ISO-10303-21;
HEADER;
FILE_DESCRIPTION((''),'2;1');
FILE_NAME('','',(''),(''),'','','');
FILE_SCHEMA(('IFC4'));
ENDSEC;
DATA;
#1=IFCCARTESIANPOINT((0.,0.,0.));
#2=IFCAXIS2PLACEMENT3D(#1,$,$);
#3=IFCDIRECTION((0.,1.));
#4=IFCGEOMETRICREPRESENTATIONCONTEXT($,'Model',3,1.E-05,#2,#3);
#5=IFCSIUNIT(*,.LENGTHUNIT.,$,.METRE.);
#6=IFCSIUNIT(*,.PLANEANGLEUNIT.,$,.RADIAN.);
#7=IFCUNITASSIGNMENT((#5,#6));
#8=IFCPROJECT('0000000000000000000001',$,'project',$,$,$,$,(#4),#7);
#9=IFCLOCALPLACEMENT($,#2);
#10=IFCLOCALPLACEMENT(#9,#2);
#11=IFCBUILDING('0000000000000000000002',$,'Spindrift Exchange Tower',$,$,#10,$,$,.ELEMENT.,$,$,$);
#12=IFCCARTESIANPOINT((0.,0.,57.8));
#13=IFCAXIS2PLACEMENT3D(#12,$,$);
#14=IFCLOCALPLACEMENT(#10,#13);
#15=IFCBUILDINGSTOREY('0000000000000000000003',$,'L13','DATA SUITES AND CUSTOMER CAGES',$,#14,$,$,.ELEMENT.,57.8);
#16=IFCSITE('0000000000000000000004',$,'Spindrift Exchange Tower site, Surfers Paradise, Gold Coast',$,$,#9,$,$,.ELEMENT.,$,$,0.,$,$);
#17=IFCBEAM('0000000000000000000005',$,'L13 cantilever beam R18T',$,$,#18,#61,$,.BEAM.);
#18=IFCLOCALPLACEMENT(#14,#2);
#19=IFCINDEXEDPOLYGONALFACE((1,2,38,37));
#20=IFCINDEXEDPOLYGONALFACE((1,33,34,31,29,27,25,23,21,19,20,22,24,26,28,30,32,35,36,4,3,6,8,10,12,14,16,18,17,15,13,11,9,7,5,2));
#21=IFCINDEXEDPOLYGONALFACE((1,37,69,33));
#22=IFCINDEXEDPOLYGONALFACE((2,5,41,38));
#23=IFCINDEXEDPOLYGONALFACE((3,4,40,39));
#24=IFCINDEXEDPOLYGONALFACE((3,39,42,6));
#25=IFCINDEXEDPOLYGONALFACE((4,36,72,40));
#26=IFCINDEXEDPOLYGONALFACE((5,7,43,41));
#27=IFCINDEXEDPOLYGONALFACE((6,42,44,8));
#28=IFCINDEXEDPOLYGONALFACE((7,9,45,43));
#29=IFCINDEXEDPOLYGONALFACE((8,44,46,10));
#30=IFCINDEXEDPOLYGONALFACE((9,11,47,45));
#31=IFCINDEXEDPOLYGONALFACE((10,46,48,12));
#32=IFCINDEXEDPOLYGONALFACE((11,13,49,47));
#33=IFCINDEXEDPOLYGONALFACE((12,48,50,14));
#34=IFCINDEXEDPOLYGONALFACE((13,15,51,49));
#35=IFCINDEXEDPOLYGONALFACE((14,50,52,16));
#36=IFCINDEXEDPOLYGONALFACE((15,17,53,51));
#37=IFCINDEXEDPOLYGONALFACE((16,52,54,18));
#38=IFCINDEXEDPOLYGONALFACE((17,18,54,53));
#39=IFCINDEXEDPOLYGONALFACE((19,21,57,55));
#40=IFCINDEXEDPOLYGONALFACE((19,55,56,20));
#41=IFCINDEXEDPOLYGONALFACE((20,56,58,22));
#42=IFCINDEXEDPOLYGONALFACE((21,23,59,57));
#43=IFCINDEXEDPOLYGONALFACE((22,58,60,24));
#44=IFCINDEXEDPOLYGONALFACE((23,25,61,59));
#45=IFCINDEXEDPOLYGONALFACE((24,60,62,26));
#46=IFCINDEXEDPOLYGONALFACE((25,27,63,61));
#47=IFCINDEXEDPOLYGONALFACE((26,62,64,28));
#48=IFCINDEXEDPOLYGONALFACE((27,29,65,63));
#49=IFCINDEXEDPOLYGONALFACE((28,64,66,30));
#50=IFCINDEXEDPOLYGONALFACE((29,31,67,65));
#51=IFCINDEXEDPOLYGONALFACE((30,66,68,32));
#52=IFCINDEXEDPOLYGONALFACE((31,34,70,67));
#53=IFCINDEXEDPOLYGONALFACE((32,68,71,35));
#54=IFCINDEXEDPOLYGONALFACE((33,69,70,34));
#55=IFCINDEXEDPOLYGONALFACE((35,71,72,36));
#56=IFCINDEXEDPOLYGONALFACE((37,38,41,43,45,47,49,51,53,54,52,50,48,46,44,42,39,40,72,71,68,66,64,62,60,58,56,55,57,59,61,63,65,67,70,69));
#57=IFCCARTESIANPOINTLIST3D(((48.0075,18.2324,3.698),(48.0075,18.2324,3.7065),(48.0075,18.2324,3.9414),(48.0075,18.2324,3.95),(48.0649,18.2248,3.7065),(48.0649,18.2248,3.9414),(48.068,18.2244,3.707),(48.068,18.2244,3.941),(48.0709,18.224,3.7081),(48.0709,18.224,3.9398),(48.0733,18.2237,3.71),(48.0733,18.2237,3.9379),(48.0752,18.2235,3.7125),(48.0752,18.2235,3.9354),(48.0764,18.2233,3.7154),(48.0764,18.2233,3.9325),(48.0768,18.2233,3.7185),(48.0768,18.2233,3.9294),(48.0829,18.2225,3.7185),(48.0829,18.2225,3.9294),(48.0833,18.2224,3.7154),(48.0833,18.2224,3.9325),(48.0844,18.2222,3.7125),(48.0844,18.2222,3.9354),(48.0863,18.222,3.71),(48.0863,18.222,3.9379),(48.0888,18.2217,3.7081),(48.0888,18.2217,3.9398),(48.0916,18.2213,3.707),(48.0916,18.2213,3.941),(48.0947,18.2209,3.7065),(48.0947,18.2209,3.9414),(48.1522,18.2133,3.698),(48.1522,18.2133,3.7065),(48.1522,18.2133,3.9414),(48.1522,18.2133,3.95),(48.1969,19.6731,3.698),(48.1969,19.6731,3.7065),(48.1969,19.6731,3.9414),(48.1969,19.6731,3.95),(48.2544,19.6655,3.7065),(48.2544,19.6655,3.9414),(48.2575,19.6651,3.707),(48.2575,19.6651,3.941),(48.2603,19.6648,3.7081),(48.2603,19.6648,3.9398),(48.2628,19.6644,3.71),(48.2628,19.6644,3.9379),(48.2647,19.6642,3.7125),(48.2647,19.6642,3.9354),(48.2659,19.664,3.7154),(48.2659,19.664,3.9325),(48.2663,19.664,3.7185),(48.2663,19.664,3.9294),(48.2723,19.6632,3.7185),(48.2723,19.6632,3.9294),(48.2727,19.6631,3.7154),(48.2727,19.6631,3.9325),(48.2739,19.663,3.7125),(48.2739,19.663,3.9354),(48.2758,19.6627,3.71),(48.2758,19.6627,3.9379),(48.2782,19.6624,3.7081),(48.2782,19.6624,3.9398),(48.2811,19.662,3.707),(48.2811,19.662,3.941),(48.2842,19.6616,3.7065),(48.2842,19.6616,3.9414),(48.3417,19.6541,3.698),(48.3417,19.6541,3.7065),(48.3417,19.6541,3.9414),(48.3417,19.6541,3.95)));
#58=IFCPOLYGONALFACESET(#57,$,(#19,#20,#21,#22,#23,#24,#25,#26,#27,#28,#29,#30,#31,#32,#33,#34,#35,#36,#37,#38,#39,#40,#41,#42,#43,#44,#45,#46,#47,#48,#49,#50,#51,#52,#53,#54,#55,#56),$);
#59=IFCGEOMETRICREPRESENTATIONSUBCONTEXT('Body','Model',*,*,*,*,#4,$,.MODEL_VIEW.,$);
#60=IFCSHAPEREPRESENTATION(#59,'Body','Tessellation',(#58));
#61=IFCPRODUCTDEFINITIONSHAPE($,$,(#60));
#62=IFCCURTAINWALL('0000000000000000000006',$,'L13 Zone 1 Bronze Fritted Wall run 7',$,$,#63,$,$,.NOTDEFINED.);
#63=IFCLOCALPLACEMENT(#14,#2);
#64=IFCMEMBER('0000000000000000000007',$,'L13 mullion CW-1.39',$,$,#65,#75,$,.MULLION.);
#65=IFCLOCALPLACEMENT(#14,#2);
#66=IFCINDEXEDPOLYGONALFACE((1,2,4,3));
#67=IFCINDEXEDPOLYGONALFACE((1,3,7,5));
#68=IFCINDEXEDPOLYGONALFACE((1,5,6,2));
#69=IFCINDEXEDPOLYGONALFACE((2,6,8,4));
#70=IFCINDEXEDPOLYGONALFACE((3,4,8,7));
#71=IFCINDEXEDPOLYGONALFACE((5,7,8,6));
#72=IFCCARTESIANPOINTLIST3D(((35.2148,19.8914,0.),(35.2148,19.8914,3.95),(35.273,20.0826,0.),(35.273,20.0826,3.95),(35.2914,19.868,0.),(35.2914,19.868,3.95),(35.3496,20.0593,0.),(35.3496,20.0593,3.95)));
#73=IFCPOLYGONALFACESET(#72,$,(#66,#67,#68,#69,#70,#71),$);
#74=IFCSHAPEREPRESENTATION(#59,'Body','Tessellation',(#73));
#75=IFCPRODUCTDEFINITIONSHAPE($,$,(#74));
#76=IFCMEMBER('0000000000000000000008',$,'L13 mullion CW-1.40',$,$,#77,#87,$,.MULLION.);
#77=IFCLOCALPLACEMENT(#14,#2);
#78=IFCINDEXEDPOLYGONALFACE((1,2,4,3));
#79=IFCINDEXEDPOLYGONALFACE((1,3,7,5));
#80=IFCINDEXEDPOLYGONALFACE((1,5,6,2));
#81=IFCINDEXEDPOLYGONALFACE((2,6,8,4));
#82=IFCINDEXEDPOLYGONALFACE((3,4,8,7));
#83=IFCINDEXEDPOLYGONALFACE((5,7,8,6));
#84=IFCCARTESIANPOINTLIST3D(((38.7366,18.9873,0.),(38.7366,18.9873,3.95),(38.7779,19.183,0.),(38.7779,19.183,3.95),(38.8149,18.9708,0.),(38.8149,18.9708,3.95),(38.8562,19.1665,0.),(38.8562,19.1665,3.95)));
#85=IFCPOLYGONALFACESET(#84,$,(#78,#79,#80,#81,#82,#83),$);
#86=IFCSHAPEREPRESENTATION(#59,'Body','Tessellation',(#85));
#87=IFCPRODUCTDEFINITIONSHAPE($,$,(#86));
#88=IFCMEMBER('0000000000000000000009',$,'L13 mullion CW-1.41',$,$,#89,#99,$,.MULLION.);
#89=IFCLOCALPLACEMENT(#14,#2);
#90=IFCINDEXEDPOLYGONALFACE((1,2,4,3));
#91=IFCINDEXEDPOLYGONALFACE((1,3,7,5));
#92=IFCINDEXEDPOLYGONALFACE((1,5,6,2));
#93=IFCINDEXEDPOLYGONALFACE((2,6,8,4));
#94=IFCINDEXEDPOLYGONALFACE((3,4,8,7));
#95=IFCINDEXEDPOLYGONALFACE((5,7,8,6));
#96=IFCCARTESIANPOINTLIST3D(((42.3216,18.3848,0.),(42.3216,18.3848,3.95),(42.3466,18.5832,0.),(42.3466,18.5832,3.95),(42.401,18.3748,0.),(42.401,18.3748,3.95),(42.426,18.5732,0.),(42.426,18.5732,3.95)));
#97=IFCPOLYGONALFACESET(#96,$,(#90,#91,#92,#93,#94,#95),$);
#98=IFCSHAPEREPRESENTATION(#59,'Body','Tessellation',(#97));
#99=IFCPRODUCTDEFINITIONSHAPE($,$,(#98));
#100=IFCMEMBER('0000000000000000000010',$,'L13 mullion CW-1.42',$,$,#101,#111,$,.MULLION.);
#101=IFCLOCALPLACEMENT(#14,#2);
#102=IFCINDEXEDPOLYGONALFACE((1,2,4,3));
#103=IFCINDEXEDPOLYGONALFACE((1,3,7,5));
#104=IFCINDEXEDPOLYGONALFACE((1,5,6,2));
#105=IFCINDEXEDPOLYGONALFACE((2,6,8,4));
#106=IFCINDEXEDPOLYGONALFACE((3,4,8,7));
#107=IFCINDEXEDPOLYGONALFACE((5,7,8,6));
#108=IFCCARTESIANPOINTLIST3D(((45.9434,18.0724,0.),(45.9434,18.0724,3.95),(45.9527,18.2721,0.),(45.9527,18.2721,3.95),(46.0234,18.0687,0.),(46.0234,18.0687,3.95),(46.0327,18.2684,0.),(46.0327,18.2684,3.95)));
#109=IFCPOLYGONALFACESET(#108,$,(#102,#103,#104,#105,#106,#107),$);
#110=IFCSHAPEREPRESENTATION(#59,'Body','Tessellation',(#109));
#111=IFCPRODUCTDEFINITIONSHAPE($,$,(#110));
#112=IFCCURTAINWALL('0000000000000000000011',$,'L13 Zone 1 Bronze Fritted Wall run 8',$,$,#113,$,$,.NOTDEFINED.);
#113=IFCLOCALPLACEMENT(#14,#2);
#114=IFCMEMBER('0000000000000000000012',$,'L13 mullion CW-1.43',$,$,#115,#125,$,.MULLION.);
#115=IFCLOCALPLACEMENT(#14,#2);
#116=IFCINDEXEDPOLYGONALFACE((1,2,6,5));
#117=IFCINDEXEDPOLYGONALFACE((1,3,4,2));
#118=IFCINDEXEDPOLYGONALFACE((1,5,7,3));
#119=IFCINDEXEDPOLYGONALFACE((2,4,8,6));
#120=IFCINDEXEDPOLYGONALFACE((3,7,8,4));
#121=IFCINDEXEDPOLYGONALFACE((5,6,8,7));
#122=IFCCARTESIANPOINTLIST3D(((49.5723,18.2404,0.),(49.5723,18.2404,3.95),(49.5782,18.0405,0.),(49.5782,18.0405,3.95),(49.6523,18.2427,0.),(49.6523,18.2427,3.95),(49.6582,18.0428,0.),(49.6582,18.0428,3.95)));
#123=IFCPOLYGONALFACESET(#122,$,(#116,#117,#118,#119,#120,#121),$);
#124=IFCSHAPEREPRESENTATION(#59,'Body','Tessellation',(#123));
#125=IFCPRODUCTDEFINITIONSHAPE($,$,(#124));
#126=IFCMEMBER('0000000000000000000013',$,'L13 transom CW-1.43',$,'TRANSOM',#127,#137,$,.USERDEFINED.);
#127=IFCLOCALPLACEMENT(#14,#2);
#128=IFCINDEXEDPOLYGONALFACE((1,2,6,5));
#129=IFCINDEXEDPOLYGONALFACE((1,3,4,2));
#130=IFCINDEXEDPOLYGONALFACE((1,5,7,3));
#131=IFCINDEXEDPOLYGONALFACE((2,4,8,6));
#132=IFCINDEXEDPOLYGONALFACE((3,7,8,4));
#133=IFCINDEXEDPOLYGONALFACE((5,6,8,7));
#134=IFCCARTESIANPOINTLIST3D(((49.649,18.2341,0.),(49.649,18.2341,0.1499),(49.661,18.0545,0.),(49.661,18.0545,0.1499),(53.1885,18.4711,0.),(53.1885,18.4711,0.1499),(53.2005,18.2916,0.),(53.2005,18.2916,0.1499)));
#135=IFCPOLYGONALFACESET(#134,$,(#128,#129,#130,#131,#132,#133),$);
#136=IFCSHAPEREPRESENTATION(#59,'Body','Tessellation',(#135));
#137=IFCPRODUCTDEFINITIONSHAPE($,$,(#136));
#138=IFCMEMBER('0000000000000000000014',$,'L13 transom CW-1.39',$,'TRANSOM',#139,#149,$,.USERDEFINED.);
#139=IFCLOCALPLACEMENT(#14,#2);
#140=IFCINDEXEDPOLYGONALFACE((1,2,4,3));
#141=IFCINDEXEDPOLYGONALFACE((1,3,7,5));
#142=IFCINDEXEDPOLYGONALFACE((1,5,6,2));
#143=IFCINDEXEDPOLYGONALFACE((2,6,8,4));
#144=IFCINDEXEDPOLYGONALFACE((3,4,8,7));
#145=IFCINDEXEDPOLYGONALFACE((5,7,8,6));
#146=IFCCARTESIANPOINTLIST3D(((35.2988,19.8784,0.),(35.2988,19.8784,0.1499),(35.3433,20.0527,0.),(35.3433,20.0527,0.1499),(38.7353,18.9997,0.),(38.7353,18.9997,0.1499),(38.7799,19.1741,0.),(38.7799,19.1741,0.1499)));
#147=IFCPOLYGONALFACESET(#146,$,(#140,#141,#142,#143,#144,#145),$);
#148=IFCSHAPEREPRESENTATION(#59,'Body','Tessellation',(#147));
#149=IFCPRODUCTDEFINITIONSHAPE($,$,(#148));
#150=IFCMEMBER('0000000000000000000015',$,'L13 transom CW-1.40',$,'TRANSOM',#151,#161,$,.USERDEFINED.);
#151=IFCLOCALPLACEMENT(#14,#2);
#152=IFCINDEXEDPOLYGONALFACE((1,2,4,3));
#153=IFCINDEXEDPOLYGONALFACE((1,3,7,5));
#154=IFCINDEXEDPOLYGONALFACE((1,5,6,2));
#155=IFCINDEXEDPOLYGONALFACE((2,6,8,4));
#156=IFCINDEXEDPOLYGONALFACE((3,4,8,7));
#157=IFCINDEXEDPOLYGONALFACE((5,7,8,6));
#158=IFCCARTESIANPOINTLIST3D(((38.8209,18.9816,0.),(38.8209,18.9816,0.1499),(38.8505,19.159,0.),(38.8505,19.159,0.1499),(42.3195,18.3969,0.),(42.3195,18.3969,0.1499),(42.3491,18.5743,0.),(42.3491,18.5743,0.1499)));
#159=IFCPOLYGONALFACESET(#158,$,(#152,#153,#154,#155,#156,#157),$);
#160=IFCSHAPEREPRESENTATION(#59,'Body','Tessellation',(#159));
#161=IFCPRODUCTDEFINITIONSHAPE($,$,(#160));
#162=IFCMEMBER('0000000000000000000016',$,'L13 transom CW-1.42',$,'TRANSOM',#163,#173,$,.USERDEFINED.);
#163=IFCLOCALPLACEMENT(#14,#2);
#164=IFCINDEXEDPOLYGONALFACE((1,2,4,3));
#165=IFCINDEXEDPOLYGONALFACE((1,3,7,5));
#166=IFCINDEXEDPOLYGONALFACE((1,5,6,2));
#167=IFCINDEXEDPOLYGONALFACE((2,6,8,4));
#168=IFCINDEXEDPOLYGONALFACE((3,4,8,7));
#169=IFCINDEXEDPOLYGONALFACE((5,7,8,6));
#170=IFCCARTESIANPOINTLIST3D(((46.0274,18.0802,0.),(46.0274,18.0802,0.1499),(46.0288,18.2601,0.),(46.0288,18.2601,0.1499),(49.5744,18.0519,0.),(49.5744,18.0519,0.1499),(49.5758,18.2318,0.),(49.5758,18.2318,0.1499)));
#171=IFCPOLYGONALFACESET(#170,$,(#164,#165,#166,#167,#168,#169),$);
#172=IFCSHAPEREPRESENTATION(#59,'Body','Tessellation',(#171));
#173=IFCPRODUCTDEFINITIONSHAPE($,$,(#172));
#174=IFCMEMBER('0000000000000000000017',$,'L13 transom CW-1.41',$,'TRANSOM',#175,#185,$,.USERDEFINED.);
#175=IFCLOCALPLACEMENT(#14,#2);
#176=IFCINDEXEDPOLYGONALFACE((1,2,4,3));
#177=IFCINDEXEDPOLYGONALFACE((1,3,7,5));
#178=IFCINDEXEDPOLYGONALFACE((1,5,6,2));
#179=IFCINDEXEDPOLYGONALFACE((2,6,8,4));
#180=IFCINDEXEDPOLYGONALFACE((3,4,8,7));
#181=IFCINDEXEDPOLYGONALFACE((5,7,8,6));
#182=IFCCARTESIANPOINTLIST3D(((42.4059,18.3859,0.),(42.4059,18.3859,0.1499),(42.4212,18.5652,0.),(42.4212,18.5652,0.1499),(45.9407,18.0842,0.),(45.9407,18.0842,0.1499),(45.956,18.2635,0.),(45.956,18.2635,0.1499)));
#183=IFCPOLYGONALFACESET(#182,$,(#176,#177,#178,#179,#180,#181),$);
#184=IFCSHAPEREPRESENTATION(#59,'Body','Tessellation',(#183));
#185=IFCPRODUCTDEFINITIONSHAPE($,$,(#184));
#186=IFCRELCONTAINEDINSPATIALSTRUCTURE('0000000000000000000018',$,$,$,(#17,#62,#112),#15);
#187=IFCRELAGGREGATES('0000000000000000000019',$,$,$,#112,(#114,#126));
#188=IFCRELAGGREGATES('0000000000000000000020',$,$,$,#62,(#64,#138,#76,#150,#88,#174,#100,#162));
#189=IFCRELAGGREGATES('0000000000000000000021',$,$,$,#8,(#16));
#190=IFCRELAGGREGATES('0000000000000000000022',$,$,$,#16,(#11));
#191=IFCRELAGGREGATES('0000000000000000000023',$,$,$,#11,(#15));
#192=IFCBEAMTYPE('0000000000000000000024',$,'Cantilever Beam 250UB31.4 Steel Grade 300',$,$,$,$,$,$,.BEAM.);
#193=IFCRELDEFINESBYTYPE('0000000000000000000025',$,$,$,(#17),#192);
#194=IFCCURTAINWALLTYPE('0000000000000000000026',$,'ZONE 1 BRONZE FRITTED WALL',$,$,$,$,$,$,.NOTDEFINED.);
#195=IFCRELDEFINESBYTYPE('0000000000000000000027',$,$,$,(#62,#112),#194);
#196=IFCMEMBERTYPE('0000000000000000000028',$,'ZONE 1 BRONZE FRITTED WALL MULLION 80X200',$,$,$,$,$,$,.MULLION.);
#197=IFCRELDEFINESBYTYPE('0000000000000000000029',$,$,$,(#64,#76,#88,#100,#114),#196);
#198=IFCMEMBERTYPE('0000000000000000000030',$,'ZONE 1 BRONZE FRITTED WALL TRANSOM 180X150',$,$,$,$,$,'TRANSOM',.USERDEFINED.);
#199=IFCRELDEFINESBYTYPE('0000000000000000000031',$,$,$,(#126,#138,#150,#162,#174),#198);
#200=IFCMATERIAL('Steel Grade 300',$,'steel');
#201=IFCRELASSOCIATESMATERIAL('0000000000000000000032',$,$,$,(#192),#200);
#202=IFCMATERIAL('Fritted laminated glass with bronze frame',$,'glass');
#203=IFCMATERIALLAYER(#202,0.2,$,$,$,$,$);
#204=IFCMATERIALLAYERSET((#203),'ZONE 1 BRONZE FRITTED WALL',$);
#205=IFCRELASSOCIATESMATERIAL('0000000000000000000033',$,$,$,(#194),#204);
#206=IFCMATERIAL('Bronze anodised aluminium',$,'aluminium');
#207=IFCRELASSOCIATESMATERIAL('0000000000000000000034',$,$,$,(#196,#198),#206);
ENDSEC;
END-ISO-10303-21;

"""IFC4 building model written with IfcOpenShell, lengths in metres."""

from ifc_helpers import new_model, si_unit, direction, frame, origin, origin_2d, place, context, subcontext, project, spatial, rectangle, i_section, extrude, source, transform, mapped, material, layer, layer_set, material_profile, profile_set, type_object, element, aggregate, save


model = new_model("IFC4")

# Units and contexts
model_context = context("Model", 3, precision=1e-05, world=origin(), true_north=direction((0.0, 1.0)))
body_context = subcontext(model_context, "Body", "Model", "MODEL_VIEW")
ifc_project = project(units=[si_unit("LENGTHUNIT", "METRE"), si_unit("PLANEANGLEUNIT", "RADIAN")], contexts=[model_context])

# Site, building, storey
site_placement = place(None, origin())
site = spatial("IfcSite", under=ifc_project, at=site_placement, Name="Spindrift Exchange Tower site, Surfers Paradise, Gold Coast", CompositionType="ELEMENT", RefElevation=0.0)
building_placement = place(site_placement, origin())
building = spatial("IfcBuilding", under=site, at=building_placement, Name="Spindrift Exchange Tower", CompositionType="ELEMENT")
storey_placement = place(building_placement, frame((0.0, 0.0, 57.8)))
storey = spatial("IfcBuildingStorey", under=building, at=storey_placement, Name="L13", Description="DATA SUITES AND CUSTOMER CAGES", CompositionType="ELEMENT", Elevation=57.8)

# Beam
ifc_material_1 = material(Name="Steel Grade 300", Category="steel")
ifc_material_profile_1 = material_profile(ifc_material_1, i_section(OverallWidth=0.146, OverallDepth=0.252, WebThickness=0.0061, FlangeThickness=0.0085, FilletRadius=0.012, at=origin_2d()), Name="250UB31.4")
ifc_profile_set_1 = profile_set([ifc_material_profile_1], Name="Steel Grade 300")
beam_type_1 = type_object("IfcBeamType", Name="Cantilever Beam 250UB31.4 Steel Grade 300", PredefinedType="BEAM", material=ifc_profile_set_1)
shared_shape_1 = source(origin(), body_context, "Body", "SweptSolid", [
    extrude(i_section(OverallWidth=0.146, OverallDepth=0.252, WebThickness=0.0061, FlangeThickness=0.0085, FilletRadius=0.012, at=origin_2d()), origin(), (0.0, 0.0, 1.0), 1.4531),
])
beam_1_placement = place(storey_placement, frame((48.2693, 19.6636, 3.824), z_axis=(-0.130381, -0.991464, 0.0), x_axis=(0.991464, -0.130381, 0.0)))
element("IfcBeam", 1, at=beam_1_placement, inside=storey, type_object=beam_type_1, Name="L13 cantilever beam R18T", PredefinedType="BEAM", context=body_context, shape_type="MappedRepresentation", body=[
    mapped(shared_shape_1, transform((0.0, 0.0, 0.0), scale=1.0)),
])

# Curtain walls, members
ifc_material_2 = material(Name="Fritted laminated glass with bronze frame", Category="glass")
ifc_layer_1 = layer(ifc_material_2, 0.2)
ifc_layer_set_1 = layer_set([ifc_layer_1], Name="ZONE 1 BRONZE FRITTED WALL")
curtain_wall_type = type_object("IfcCurtainWallType", Name="ZONE 1 BRONZE FRITTED WALL", PredefinedType="NOTDEFINED", material=ifc_layer_set_1)
curtain_wall_1_placement = place(storey_placement, origin())
curtain_wall_1 = element("IfcCurtainWall", 2, at=curtain_wall_1_placement, inside=storey, type_object=curtain_wall_type, Name="L13 Zone 1 Bronze Fritted Wall run 7", PredefinedType="NOTDEFINED")
ifc_material_3 = material(Name="Bronze anodised aluminium", Category="aluminium")
ifc_material_profile_2 = material_profile(ifc_material_3, rectangle(XDim=0.0801, YDim=0.2, at=origin_2d()), Name="ZONE 1 BRONZE FRITTED WALL MULLION 80X200")
ifc_profile_set_2 = profile_set([ifc_material_profile_2], Name="Bronze anodised aluminium")
member_type_1 = type_object("IfcMemberType", Name="ZONE 1 BRONZE FRITTED WALL MULLION 80X200", PredefinedType="MULLION", material=ifc_profile_set_2)
shared_shape_2 = source(origin(), body_context, "Body", "SweptSolid", [
    extrude(rectangle(XDim=0.0801, YDim=0.2, at=origin_2d()), origin(), (0.0, 0.0, 1.0), 3.95),
])
member_1_placement = place(storey_placement, frame((35.2822, 19.9753, 0.0), z_axis=(0.0, 0.0, 1.0), x_axis=(0.956692, -0.291102, 0.0)))
member_1 = element("IfcMember", 3, at=member_1_placement, type_object=member_type_1, Name="L13 mullion CW-1.39", PredefinedType="MULLION", context=body_context, shape_type="MappedRepresentation", body=[
    mapped(shared_shape_2, transform((0.0, 0.0, 0.0), scale=1.0)),
])
member_2_placement = place(storey_placement, frame((38.7964, 19.0769, 0.0), z_axis=(0.0, 0.0, 1.0), x_axis=(0.978457, -0.206451, 0.0)))
member_2 = element("IfcMember", 4, at=member_2_placement, type_object=member_type_1, Name="L13 mullion CW-1.40", PredefinedType="MULLION", context=body_context, shape_type="MappedRepresentation", body=[
    mapped(shared_shape_2, transform((0.0, 0.0, 0.0), scale=1.0)),
])
member_3_placement = place(storey_placement, frame((42.3738, 18.479, 0.0), z_axis=(0.0, 0.0, 1.0), x_axis=(0.992149, -0.12506, 0.0)))
member_3 = element("IfcMember", 5, at=member_3_placement, type_object=member_type_1, Name="L13 mullion CW-1.41", PredefinedType="MULLION", context=body_context, shape_type="MappedRepresentation", body=[
    mapped(shared_shape_2, transform((0.0, 0.0, 0.0), scale=1.0)),
])
member_4_placement = place(storey_placement, frame((45.988, 18.1704, 0.0), z_axis=(0.0, 0.0, 1.0), x_axis=(0.998916, -0.046556, 0.0)))
member_4 = element("IfcMember", 6, at=member_4_placement, type_object=member_type_1, Name="L13 mullion CW-1.42", PredefinedType="MULLION", context=body_context, shape_type="MappedRepresentation", body=[
    mapped(shared_shape_2, transform((0.0, 0.0, 0.0), scale=1.0)),
])
curtain_wall_2_placement = place(storey_placement, origin())
curtain_wall_2 = element("IfcCurtainWall", 7, at=curtain_wall_2_placement, inside=storey, type_object=curtain_wall_type, Name="L13 Zone 1 Bronze Fritted Wall run 8", PredefinedType="NOTDEFINED")
member_5_placement = place(storey_placement, frame((49.6152, 18.1416, 0.0), z_axis=(0.0, 0.0, 1.0), x_axis=(0.999566, 0.029463, 0.0)))
member_5 = element("IfcMember", 8, at=member_5_placement, type_object=member_type_1, Name="L13 mullion CW-1.43", PredefinedType="MULLION", context=body_context, shape_type="MappedRepresentation", body=[
    mapped(shared_shape_2, transform((0.0, 0.0, 0.0), scale=1.0)),
])
ifc_material_profile_3 = material_profile(ifc_material_3, rectangle(XDim=0.1799, YDim=0.1499, at=origin_2d()), Name="ZONE 1 BRONZE FRITTED WALL TRANSOM 180X150")
ifc_profile_set_3 = profile_set([ifc_material_profile_3], Name="Bronze anodised aluminium")
member_type_2 = type_object("IfcMemberType", Name="ZONE 1 BRONZE FRITTED WALL TRANSOM 180X150", ElementType="TRANSOM", PredefinedType="USERDEFINED", material=ifc_profile_set_3)
shared_shape_3 = source(origin(), body_context, "Body", "SweptSolid", [
    extrude(rectangle(XDim=0.1799, YDim=0.1499, at=origin_2d()), origin(), (0.0, 0.0, 1.0), 3.5474),
])
member_6_placement = place(storey_placement, frame((49.655, 18.1443, 0.075), z_axis=(0.997765, 0.066825, 0.0), x_axis=(-0.066825, 0.997765, 0.0)))
member_6 = element("IfcMember", 9, at=member_6_placement, type_object=member_type_2, Name="L13 transom CW-1.43", ObjectType="TRANSOM", PredefinedType="USERDEFINED", context=body_context, shape_type="MappedRepresentation", body=[
    mapped(shared_shape_3, transform((0.0, 0.0, 0.0), scale=1.0)),
])

# Members
shared_shape_4 = source(origin(), body_context, "Body", "SweptSolid", [
    extrude(rectangle(XDim=0.1799, YDim=0.1499, at=origin_2d()), origin(), (0.0, 0.0, 1.0), 3.5471),
])
member_7_placement = place(storey_placement, frame((35.321, 19.9656, 0.075), z_axis=(0.968833, -0.247715, 0.0), x_axis=(0.247715, 0.968833, 0.0)))
member_7 = element("IfcMember", 10, at=member_7_placement, type_object=member_type_2, Name="L13 transom CW-1.39", ObjectType="TRANSOM", PredefinedType="USERDEFINED", context=body_context, shape_type="MappedRepresentation", body=[
    mapped(shared_shape_4, transform((0.0, 0.0, 0.0), scale=1.0)),
])
member_8_placement = place(storey_placement, frame((38.8357, 19.0703, 0.075), z_axis=(0.986319, -0.164845, 0.0), x_axis=(0.164845, 0.986319, 0.0)))
member_8 = element("IfcMember", 11, at=member_8_placement, type_object=member_type_2, Name="L13 transom CW-1.40", ObjectType="TRANSOM", PredefinedType="USERDEFINED", context=body_context, shape_type="MappedRepresentation", body=[
    mapped(shared_shape_4, transform((0.0, 0.0, 0.0), scale=1.0)),
])
member_9_placement = place(storey_placement, frame((46.0281, 18.1702, 0.075), z_axis=(0.999968, -0.007984, 0.0), x_axis=(0.007984, 0.999968, 0.0)))
member_9 = element("IfcMember", 12, at=member_9_placement, type_object=member_type_2, Name="L13 transom CW-1.42", ObjectType="TRANSOM", PredefinedType="USERDEFINED", context=body_context, shape_type="MappedRepresentation", body=[
    mapped(shared_shape_4, transform((0.0, 0.0, 0.0), scale=1.0)),
])
shared_shape_5 = source(origin(), body_context, "Body", "SweptSolid", [
    extrude(rectangle(XDim=0.1799, YDim=0.1499, at=origin_2d()), origin(), (0.0, 0.0, 1.0), 3.5476),
])
member_10_placement = place(storey_placement, frame((42.4136, 18.4756, 0.075), z_axis=(0.996376, -0.085061, 0.0), x_axis=(0.085061, 0.996376, 0.0)))
member_10 = element("IfcMember", 13, at=member_10_placement, type_object=member_type_2, Name="L13 transom CW-1.41", ObjectType="TRANSOM", PredefinedType="USERDEFINED", context=body_context, shape_type="MappedRepresentation", body=[
    mapped(shared_shape_5, transform((0.0, 0.0, 0.0), scale=1.0)),
])

aggregate(curtain_wall_2, [member_5, member_6])
aggregate(curtain_wall_1, [member_1, member_7, member_2, member_8, member_3, member_10, member_4, member_9])

save(model, "model.ifc")
